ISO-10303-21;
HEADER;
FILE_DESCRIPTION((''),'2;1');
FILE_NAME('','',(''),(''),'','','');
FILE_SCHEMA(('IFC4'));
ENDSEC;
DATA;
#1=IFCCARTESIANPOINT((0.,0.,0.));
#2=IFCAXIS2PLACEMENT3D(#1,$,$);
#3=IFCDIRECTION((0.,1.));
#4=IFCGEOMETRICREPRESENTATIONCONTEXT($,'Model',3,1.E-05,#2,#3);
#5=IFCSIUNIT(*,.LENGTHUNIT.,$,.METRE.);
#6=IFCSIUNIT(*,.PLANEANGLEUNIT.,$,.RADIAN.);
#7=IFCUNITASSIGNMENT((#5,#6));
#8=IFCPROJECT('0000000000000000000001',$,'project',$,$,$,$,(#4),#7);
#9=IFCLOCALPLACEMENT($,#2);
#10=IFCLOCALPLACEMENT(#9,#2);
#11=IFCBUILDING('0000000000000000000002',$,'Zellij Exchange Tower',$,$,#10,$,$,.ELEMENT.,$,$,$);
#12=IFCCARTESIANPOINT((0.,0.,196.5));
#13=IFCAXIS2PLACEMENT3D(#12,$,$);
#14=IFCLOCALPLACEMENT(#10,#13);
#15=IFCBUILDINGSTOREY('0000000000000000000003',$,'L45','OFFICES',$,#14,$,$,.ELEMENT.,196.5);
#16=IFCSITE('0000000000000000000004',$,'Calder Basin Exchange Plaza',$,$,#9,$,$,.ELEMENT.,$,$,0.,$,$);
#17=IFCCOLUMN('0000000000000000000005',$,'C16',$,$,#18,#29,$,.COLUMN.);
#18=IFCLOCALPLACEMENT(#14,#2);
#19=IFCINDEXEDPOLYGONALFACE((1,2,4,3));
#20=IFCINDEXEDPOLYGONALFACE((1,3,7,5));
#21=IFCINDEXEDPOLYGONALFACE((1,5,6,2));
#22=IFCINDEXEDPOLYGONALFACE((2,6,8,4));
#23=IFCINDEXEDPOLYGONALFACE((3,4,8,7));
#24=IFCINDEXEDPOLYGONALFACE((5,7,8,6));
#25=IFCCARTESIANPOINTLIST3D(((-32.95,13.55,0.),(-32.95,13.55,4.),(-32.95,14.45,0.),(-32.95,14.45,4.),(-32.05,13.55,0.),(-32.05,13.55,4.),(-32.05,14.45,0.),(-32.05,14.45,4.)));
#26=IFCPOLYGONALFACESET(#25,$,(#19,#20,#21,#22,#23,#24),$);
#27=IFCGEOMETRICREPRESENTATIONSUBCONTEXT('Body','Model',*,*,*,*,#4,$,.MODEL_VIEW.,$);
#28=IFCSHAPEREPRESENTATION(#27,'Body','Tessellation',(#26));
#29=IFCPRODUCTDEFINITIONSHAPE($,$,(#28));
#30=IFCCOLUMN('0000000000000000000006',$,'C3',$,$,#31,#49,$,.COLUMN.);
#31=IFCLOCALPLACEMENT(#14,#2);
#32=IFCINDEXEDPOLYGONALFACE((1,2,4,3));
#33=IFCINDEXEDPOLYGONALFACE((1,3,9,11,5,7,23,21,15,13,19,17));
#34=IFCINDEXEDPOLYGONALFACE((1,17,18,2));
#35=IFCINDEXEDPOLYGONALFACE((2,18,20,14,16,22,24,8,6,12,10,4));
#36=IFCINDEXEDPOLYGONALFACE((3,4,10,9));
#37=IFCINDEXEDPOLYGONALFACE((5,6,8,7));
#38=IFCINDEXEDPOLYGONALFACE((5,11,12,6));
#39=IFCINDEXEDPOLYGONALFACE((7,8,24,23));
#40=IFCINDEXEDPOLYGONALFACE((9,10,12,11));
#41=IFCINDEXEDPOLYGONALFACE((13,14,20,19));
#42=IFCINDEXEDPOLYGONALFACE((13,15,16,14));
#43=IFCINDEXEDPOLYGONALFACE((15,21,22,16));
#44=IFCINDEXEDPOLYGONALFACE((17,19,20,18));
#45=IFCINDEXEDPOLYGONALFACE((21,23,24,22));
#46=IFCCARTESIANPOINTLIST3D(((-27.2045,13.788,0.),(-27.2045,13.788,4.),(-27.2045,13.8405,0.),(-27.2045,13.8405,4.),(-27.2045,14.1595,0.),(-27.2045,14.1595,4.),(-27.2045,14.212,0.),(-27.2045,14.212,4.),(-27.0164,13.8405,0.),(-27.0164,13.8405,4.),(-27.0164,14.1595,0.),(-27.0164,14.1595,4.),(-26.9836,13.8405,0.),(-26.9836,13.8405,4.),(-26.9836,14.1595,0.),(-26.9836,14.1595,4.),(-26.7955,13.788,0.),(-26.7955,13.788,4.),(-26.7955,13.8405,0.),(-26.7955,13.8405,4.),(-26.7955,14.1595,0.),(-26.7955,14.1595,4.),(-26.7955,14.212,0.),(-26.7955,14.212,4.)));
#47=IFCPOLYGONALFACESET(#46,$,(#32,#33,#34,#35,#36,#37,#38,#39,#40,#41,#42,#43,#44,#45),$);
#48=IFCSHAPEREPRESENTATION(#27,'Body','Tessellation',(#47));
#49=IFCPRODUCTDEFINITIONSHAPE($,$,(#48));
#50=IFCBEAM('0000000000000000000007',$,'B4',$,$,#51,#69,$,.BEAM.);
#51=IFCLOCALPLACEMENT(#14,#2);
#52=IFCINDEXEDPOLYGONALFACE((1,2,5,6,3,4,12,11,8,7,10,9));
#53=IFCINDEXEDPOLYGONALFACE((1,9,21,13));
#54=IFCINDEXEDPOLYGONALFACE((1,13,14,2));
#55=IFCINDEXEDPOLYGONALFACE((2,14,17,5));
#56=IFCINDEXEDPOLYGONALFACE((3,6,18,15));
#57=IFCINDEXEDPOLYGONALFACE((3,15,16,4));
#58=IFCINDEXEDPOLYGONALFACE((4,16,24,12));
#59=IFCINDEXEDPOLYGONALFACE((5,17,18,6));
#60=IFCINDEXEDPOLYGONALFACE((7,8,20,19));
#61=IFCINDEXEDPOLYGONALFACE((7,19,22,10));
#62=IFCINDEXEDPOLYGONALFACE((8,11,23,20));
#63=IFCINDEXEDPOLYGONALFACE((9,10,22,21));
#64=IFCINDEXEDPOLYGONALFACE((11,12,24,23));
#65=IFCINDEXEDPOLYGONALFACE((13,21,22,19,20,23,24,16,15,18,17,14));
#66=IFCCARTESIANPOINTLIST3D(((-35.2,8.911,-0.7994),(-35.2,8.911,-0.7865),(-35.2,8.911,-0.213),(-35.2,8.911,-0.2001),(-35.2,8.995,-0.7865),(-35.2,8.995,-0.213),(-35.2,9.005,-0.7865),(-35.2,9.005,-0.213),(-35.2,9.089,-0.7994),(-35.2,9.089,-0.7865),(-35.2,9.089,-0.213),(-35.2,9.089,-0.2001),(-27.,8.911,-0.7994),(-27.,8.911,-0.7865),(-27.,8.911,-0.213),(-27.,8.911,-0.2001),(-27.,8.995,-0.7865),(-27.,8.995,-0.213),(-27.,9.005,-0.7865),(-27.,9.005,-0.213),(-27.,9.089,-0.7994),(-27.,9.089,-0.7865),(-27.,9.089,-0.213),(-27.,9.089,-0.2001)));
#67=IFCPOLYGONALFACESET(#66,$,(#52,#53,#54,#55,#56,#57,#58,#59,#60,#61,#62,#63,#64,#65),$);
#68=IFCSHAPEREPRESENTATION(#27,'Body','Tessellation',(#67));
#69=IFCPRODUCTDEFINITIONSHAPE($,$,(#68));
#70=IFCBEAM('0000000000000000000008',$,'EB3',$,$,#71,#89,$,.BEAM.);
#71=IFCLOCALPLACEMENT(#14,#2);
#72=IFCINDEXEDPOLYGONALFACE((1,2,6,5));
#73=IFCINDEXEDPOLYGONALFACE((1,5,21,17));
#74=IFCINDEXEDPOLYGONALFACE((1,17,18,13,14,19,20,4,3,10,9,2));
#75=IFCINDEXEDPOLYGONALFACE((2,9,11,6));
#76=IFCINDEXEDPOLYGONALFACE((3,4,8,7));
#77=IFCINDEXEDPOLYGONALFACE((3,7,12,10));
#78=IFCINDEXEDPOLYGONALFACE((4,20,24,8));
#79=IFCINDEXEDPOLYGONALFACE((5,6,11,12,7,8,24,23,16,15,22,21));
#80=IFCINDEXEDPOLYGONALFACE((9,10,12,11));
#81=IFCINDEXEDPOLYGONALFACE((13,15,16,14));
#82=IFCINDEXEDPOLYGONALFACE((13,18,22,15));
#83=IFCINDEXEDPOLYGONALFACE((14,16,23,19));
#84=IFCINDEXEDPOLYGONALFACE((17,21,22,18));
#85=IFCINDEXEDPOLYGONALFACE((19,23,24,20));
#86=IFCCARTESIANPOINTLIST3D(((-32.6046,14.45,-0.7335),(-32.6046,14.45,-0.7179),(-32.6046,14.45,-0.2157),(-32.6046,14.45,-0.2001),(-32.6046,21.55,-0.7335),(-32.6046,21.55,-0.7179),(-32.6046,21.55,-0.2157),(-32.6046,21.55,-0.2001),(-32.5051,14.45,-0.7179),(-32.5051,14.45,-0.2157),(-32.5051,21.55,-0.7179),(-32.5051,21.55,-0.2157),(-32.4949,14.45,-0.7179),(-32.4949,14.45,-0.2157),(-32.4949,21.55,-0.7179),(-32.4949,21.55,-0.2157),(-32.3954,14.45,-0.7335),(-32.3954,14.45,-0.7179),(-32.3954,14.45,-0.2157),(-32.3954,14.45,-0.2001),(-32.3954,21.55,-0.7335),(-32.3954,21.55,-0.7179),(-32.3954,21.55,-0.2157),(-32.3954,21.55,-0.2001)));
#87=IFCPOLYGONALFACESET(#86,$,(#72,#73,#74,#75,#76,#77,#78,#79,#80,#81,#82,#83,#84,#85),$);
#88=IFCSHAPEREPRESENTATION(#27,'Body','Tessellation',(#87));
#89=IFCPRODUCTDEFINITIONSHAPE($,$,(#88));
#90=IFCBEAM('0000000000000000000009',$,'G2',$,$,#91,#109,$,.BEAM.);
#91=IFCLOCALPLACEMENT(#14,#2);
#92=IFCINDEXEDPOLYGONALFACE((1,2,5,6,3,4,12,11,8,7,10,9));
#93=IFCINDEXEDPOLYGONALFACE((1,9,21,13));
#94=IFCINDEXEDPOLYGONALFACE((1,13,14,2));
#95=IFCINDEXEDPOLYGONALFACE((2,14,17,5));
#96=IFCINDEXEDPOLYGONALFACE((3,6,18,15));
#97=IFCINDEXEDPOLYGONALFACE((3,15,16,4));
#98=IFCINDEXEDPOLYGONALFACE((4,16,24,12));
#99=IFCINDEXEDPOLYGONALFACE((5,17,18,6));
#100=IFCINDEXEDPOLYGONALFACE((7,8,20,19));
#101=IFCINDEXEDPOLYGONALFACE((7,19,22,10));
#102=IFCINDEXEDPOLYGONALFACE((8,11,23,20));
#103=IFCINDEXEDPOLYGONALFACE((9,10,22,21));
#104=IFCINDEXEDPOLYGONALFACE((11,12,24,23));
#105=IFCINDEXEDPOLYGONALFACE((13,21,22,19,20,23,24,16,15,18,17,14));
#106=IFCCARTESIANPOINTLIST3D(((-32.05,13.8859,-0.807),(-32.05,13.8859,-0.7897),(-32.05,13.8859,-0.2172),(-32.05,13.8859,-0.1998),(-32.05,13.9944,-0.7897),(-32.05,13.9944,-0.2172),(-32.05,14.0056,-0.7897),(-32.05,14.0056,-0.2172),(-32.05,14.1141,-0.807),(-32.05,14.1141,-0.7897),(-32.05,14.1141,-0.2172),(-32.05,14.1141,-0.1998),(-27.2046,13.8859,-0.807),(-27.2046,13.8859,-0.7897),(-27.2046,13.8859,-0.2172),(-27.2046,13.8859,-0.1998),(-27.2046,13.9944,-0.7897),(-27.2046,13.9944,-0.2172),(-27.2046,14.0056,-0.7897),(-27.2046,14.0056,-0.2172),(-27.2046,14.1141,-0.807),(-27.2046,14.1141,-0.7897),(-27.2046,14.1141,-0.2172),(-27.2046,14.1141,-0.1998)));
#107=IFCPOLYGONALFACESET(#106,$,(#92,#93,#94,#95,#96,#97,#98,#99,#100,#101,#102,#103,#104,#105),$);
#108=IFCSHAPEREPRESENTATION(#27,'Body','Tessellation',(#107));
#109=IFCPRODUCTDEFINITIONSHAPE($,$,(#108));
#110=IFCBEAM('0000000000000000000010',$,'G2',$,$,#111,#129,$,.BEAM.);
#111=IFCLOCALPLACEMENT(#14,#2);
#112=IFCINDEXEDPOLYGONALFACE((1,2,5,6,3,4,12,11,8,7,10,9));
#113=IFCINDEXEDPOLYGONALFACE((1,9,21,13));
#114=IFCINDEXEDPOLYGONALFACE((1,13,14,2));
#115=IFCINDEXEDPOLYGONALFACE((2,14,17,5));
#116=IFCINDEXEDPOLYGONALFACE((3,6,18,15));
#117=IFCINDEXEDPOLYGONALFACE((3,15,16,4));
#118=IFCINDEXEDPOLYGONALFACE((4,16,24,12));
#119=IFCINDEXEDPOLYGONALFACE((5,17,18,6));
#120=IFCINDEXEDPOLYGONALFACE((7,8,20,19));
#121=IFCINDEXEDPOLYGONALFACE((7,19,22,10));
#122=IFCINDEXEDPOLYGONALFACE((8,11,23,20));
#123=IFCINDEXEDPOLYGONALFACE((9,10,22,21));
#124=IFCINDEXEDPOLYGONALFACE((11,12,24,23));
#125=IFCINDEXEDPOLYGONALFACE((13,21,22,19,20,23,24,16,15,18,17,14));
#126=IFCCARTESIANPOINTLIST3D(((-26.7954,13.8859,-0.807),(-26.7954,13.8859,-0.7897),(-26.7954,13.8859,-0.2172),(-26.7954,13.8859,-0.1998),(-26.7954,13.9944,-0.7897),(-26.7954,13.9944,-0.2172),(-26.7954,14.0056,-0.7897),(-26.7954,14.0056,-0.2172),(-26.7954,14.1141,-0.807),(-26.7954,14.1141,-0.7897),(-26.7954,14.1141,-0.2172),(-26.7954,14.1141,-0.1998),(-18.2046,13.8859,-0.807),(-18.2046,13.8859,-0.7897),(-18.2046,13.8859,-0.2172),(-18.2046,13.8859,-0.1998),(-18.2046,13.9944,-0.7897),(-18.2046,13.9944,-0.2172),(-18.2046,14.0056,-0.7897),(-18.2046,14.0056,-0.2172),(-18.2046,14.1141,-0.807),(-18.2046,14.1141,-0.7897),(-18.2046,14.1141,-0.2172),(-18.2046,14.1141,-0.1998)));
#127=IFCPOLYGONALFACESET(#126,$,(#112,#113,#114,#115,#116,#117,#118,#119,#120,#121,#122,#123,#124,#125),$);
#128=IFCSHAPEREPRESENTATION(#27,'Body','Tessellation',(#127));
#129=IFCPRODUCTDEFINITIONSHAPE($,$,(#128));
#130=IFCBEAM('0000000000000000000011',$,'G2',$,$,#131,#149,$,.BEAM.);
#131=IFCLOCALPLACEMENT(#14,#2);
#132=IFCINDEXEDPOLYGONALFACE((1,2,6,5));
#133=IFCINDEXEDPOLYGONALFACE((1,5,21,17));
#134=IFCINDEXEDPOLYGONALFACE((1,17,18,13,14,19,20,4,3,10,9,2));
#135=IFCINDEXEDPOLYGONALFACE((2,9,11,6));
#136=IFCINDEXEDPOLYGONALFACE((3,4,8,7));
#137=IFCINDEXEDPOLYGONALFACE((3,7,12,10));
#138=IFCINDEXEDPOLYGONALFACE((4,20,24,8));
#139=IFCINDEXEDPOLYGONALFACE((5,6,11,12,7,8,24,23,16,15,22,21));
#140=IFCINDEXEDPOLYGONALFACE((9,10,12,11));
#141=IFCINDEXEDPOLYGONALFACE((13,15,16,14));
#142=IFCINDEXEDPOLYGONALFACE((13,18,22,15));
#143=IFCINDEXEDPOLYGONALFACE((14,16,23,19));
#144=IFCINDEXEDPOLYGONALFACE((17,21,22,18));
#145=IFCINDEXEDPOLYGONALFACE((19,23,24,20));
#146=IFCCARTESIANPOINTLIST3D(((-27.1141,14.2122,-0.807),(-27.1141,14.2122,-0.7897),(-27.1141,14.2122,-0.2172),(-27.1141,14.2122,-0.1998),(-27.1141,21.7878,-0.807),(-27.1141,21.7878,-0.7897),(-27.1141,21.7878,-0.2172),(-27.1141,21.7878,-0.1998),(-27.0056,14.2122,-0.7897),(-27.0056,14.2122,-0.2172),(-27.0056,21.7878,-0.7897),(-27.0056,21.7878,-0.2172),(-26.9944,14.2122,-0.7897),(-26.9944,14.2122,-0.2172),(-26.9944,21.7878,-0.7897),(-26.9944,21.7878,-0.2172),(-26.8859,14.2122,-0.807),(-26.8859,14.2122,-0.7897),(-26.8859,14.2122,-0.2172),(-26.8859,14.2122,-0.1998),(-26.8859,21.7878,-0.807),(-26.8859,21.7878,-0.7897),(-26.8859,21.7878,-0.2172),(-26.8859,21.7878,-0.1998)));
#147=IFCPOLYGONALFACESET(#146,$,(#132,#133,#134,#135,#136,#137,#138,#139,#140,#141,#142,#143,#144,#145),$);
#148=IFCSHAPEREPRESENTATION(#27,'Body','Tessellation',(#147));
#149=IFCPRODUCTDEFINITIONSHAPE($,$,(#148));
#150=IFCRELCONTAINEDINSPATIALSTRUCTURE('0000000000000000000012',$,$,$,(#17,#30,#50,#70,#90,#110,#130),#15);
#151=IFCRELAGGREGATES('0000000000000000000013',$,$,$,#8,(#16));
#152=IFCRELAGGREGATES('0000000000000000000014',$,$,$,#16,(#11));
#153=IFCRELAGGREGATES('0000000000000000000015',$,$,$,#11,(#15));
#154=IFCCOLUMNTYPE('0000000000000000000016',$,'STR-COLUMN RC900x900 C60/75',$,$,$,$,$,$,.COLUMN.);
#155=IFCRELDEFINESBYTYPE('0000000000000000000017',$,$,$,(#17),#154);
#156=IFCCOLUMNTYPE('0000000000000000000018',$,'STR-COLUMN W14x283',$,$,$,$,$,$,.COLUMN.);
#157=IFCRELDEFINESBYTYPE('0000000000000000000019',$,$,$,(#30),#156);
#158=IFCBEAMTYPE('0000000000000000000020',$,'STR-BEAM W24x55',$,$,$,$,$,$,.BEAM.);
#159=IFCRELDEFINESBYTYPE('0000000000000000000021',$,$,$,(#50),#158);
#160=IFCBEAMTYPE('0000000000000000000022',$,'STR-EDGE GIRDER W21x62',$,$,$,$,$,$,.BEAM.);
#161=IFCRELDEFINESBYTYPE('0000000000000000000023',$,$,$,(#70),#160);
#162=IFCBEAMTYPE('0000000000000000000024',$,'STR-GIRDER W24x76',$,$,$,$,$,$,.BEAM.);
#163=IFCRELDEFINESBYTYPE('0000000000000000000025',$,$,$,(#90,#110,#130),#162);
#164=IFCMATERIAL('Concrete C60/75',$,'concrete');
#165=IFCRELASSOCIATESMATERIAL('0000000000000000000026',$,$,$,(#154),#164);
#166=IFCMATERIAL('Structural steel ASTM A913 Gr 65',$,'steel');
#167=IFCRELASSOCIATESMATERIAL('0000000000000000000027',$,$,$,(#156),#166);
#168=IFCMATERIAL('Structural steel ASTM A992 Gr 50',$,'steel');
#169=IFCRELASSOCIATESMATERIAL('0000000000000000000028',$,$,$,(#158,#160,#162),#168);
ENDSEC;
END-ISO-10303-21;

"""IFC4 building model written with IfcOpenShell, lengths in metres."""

from ifc_helpers import new_model, si_unit, direction, frame, origin, origin_2d, place, context, subcontext, project, spatial, rectangle, i_section, extrude, material, material_profile, profile_set, type_object, element, save


model = new_model("IFC4")

# Units and contexts
model_context = context("Model", 3, precision=1e-05, world=origin(), true_north=direction((0.0, 1.0)))
body_context = subcontext(model_context, "Body", "Model", "MODEL_VIEW")
ifc_project = project(units=[si_unit("LENGTHUNIT", "METRE"), si_unit("PLANEANGLEUNIT", "RADIAN")], contexts=[model_context])

# Site, building, storey
site_placement = place(None, origin())
site = spatial("IfcSite", under=ifc_project, at=site_placement, Name="Calder Basin Exchange Plaza", CompositionType="ELEMENT", RefElevation=0.0)
building_placement = place(site_placement, origin())
building = spatial("IfcBuilding", under=site, at=building_placement, Name="Zellij Exchange Tower", CompositionType="ELEMENT")
storey_placement = place(building_placement, frame((0.0, 0.0, 196.5)))
storey = spatial("IfcBuildingStorey", under=building, at=storey_placement, Name="L45", Description="OFFICES", CompositionType="ELEMENT", Elevation=196.5)

# Columns
ifc_material_1 = material(Name="Concrete C60/75", Category="concrete")
ifc_material_profile_1 = material_profile(ifc_material_1, rectangle(XDim=0.8999, YDim=0.8999, at=origin_2d()), Name="STR-COLUMN RC900x900 C60/75")
ifc_profile_set_1 = profile_set([ifc_material_profile_1], Name="Concrete C60/75")
column_type_1 = type_object("IfcColumnType", Name="STR-COLUMN RC900x900 C60/75", PredefinedType="COLUMN", material=ifc_profile_set_1)
column_1_placement = place(storey_placement, frame((-32.5, 14.0, 0.0), z_axis=(0.0, 0.0, 1.0), x_axis=(1.0, 0.0, 0.0)))
element("IfcColumn", 1, at=column_1_placement, inside=storey, type_object=column_type_1, Name="C16", PredefinedType="COLUMN", context=body_context, shape_type="SweptSolid", body=[
    extrude(rectangle(XDim=0.8999, YDim=0.8999, at=origin_2d()), origin(), (0.0, 0.0, 1.0), 4.0),
])
ifc_material_2 = material(Name="Structural steel ASTM A913 Gr 65", Category="steel")
ifc_material_profile_2 = material_profile(ifc_material_2, i_section(OverallWidth=0.4089, OverallDepth=0.4241, WebThickness=0.0327, FlangeThickness=0.0525, at=origin_2d()), Name="W14x283")
ifc_profile_set_2 = profile_set([ifc_material_profile_2], Name="Structural steel ASTM A913 Gr 65")
column_type_2 = type_object("IfcColumnType", Name="STR-COLUMN W14x283", PredefinedType="COLUMN", material=ifc_profile_set_2)
column_2_placement = place(storey_placement, frame((-27.0, 14.0, 0.0), z_axis=(0.0, 0.0, 1.0), x_axis=(1.0, 0.0, 0.0)))
element("IfcColumn", 2, at=column_2_placement, inside=storey, type_object=column_type_2, Name="C3", PredefinedType="COLUMN", context=body_context, shape_type="SweptSolid", body=[
    extrude(i_section(OverallWidth=0.4089, OverallDepth=0.4241, WebThickness=0.0327, FlangeThickness=0.0525, at=origin_2d()), origin(), (0.0, 0.0, 1.0), 4.0),
])

# Beams
ifc_material_3 = material(Name="Structural steel ASTM A992 Gr 50", Category="steel")
ifc_material_profile_3 = material_profile(ifc_material_3, i_section(OverallWidth=0.178, OverallDepth=0.5994, WebThickness=0.01, FlangeThickness=0.0129, at=origin_2d()), Name="W24x55")
ifc_profile_set_3 = profile_set([ifc_material_profile_3], Name="Structural steel ASTM A992 Gr 50")
beam_type_1 = type_object("IfcBeamType", Name="STR-BEAM W24x55", PredefinedType="BEAM", material=ifc_profile_set_3)
beam_1_placement = place(storey_placement, frame((-35.2, 9.0, -0.4998), z_axis=(1.0, 0.0, 0.0), x_axis=(0.0, 1.0, 0.0)))
element("IfcBeam", 3, at=beam_1_placement, inside=storey, type_object=beam_type_1, Name="B4", PredefinedType="BEAM", context=body_context, shape_type="SweptSolid", body=[
    extrude(i_section(OverallWidth=0.178, OverallDepth=0.5994, WebThickness=0.01, FlangeThickness=0.0129, at=origin_2d()), origin(), (0.0, 0.0, 1.0), 8.2),
])
ifc_material_profile_4 = material_profile(ifc_material_3, i_section(OverallWidth=0.2092, OverallDepth=0.5334, WebThickness=0.0103, FlangeThickness=0.0156, at=origin_2d()), Name="W21x62")
ifc_profile_set_4 = profile_set([ifc_material_profile_4], Name="Structural steel ASTM A992 Gr 50")
beam_type_2 = type_object("IfcBeamType", Name="STR-EDGE GIRDER W21x62", PredefinedType="BEAM", material=ifc_profile_set_4)
beam_2_placement = place(storey_placement, frame((-32.5, 14.45, -0.4668), z_axis=(0.0, 1.0, 0.0), x_axis=(-1.0, 0.0, 0.0)))
element("IfcBeam", 4, at=beam_2_placement, inside=storey, type_object=beam_type_2, Name="EB3", PredefinedType="BEAM", context=body_context, shape_type="SweptSolid", body=[
    extrude(i_section(OverallWidth=0.2092, OverallDepth=0.5334, WebThickness=0.0103, FlangeThickness=0.0156, at=origin_2d()), origin(), (0.0, 0.0, 1.0), 7.1001),
])
ifc_material_profile_5 = material_profile(ifc_material_3, i_section(OverallWidth=0.2283, OverallDepth=0.6072, WebThickness=0.0112, FlangeThickness=0.0173, at=origin_2d()), Name="W24x76")
ifc_profile_set_5 = profile_set([ifc_material_profile_5], Name="Structural steel ASTM A992 Gr 50")
beam_type_3 = type_object("IfcBeamType", Name="STR-GIRDER W24x76", PredefinedType="BEAM", material=ifc_profile_set_5)
beam_3_placement = place(storey_placement, frame((-32.05, 14.0, -0.5034), z_axis=(1.0, 0.0, 0.0), x_axis=(0.0, 1.0, 0.0)))
element("IfcBeam", 5, at=beam_3_placement, inside=storey, type_object=beam_type_3, Name="G2", PredefinedType="BEAM", context=body_context, shape_type="SweptSolid", body=[
    extrude(i_section(OverallWidth=0.2283, OverallDepth=0.6072, WebThickness=0.0112, FlangeThickness=0.0173, at=origin_2d()), origin(), (0.0, 0.0, 1.0), 4.8455),
])
beam_4_placement = place(storey_placement, frame((-26.7954, 14.0, -0.5034), z_axis=(1.0, 0.0, 0.0), x_axis=(0.0, 1.0, 0.0)))
element("IfcBeam", 6, at=beam_4_placement, inside=storey, type_object=beam_type_3, Name="G2", PredefinedType="BEAM", context=body_context, shape_type="SweptSolid", body=[
    extrude(i_section(OverallWidth=0.2283, OverallDepth=0.6072, WebThickness=0.0112, FlangeThickness=0.0173, at=origin_2d()), origin(), (0.0, 0.0, 1.0), 8.5908),
])
beam_5_placement = place(storey_placement, frame((-27.0, 14.2122, -0.5034), z_axis=(0.0, 1.0, 0.0), x_axis=(-1.0, 0.0, 0.0)))
element("IfcBeam", 7, at=beam_5_placement, inside=storey, type_object=beam_type_3, Name="G2", PredefinedType="BEAM", context=body_context, shape_type="SweptSolid", body=[
    extrude(i_section(OverallWidth=0.2283, OverallDepth=0.6072, WebThickness=0.0112, FlangeThickness=0.0173, at=origin_2d()), origin(), (0.0, 0.0, 1.0), 7.5757),
])

save(model, "model.ifc")
